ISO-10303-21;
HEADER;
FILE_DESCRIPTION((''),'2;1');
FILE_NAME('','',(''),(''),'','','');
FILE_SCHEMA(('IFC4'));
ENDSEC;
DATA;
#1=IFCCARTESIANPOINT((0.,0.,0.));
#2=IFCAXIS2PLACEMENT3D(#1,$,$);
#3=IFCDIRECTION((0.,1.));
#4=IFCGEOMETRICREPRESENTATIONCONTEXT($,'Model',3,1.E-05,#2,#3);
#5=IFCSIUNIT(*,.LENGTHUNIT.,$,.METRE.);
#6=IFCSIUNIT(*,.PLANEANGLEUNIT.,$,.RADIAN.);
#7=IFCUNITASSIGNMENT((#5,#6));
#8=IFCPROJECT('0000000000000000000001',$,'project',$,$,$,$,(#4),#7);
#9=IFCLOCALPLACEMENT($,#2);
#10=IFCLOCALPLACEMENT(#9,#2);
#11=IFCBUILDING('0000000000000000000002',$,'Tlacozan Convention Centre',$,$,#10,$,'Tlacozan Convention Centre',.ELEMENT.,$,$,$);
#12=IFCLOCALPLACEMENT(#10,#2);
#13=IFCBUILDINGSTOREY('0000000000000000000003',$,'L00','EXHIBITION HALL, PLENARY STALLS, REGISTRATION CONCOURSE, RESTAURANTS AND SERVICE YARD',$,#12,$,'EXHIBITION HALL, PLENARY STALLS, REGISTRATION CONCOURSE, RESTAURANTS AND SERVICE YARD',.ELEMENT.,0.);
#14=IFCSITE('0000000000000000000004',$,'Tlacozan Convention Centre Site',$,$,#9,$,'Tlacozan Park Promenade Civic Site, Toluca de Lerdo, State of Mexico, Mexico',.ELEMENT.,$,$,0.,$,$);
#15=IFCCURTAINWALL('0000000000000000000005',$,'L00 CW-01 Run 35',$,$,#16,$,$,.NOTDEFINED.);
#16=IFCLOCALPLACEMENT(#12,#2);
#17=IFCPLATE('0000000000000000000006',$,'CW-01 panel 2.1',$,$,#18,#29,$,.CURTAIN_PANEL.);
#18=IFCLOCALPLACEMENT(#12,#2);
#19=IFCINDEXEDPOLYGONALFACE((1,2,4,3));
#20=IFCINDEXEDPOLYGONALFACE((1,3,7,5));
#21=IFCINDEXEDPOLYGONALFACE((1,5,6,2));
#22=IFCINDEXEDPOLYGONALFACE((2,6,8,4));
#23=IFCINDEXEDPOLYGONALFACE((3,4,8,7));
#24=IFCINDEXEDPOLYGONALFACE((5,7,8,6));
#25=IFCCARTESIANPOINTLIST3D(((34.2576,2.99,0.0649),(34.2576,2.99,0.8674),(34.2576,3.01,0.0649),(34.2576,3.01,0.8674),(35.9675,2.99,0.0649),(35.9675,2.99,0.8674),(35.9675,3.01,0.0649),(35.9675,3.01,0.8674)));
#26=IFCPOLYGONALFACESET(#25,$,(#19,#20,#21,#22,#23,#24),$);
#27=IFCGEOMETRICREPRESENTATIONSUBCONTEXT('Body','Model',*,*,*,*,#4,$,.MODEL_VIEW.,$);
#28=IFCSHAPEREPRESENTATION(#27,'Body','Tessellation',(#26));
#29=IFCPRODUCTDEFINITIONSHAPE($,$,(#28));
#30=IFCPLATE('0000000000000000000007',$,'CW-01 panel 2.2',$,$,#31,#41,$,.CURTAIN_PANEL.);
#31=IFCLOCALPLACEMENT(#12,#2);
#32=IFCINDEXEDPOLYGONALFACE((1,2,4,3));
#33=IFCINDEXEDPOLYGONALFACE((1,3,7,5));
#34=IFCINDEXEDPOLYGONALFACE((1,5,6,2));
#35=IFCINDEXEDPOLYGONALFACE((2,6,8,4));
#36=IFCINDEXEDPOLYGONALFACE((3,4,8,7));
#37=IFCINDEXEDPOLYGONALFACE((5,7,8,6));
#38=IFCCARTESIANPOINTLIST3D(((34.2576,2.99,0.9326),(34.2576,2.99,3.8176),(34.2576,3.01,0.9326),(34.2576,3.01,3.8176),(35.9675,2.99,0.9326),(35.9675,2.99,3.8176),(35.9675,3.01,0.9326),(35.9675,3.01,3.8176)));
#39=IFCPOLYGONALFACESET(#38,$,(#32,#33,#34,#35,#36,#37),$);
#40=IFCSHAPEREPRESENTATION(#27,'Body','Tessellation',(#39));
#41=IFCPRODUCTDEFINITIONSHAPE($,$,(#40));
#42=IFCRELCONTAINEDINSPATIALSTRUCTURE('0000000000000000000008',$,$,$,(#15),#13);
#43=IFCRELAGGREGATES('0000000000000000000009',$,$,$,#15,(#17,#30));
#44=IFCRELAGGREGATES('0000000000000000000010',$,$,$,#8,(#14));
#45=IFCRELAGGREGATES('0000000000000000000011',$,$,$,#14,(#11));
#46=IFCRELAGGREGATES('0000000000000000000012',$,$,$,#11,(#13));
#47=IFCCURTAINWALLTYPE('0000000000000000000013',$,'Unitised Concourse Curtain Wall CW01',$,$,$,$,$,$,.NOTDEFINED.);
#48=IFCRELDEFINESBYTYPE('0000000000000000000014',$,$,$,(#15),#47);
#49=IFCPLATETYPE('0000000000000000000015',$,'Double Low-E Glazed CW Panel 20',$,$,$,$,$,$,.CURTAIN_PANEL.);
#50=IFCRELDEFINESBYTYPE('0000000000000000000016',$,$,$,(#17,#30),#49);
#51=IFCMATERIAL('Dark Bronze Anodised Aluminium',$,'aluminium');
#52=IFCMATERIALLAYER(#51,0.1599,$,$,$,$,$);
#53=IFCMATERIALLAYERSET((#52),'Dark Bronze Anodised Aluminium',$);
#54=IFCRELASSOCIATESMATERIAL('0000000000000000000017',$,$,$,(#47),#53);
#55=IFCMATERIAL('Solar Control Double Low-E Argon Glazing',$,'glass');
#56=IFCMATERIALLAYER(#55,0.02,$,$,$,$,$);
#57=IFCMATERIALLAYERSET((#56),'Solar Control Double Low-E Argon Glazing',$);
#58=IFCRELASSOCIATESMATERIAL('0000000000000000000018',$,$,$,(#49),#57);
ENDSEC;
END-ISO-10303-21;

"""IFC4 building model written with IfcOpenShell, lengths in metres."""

from ifc_helpers import new_model, si_unit, direction, frame, origin, origin_2d, place, context, subcontext, project, spatial, rectangle, extrude, material, layer, layer_set, type_object, element, aggregate, save


model = new_model("IFC4")

# Units and contexts
model_context = context("Model", 3, precision=1e-05, world=origin(), true_north=direction((0.0, 1.0)))
body_context = subcontext(model_context, "Body", "Model", "MODEL_VIEW")
ifc_project = project(units=[si_unit("LENGTHUNIT", "METRE"), si_unit("PLANEANGLEUNIT", "RADIAN")], contexts=[model_context])

# Site, building, storey
site_placement = place(None, origin())
site = spatial("IfcSite", under=ifc_project, at=site_placement, Name="Tlacozan Convention Centre Site", LongName="Tlacozan Park Promenade Civic Site, Toluca de Lerdo, State of Mexico, Mexico", CompositionType="ELEMENT", RefElevation=0.0)
building_placement = place(site_placement, origin())
building = spatial("IfcBuilding", under=site, at=building_placement, Name="Tlacozan Convention Centre", LongName="Tlacozan Convention Centre", CompositionType="ELEMENT")
storey_placement = place(building_placement, origin())
storey = spatial("IfcBuildingStorey", under=building, at=storey_placement, Name="L00", Description="EXHIBITION HALL, PLENARY STALLS, REGISTRATION CONCOURSE, RESTAURANTS AND SERVICE YARD", LongName="EXHIBITION HALL, PLENARY STALLS, REGISTRATION CONCOURSE, RESTAURANTS AND SERVICE YARD", CompositionType="ELEMENT", Elevation=0.0)

# Shared definitions
ifc_material_1 = material(Name="Dark Bronze Anodised Aluminium", Category="aluminium")
ifc_layer_1 = layer(ifc_material_1, 0.1599)
ifc_layer_set_1 = layer_set([ifc_layer_1], Name="Dark Bronze Anodised Aluminium")
curtain_wall_type = type_object("IfcCurtainWallType", Name="Unitised Concourse Curtain Wall CW01", PredefinedType="NOTDEFINED", material=ifc_layer_set_1)

# Curtain wall
curtain_wall_1_placement = place(storey_placement, origin())
curtain_wall_1 = element("IfcCurtainWall", 1, at=curtain_wall_1_placement, inside=storey, type_object=curtain_wall_type, Name="L00 CW-01 Run 35", PredefinedType="NOTDEFINED")

# Plates
ifc_material_2 = material(Name="Solar Control Double Low-E Argon Glazing", Category="glass")
ifc_layer_2 = layer(ifc_material_2, 0.02)
ifc_layer_set_2 = layer_set([ifc_layer_2], Name="Solar Control Double Low-E Argon Glazing")
plate_type = type_object("IfcPlateType", Name="Double Low-E Glazed CW Panel 20", PredefinedType="CURTAIN_PANEL", material=ifc_layer_set_2)
plate_1_placement = place(storey_placement, frame((35.1125, 3.0, 0.0649), z_axis=(0.0, 0.0, 1.0), x_axis=(1.0, 0.0, 0.0)))
plate_1 = element("IfcPlate", 2, at=plate_1_placement, type_object=plate_type, Name="CW-01 panel 2.1", PredefinedType="CURTAIN_PANEL", context=body_context, shape_type="SweptSolid", body=[
    extrude(rectangle(XDim=1.71, YDim=0.02, at=origin_2d()), origin(), (0.0, 0.0, 1.0), 0.8025),
])
plate_2_placement = place(storey_placement, frame((35.1125, 3.0, 0.9326), z_axis=(0.0, 0.0, 1.0), x_axis=(1.0, 0.0, 0.0)))
plate_2 = element("IfcPlate", 3, at=plate_2_placement, type_object=plate_type, Name="CW-01 panel 2.2", PredefinedType="CURTAIN_PANEL", context=body_context, shape_type="SweptSolid", body=[
    extrude(rectangle(XDim=1.71, YDim=0.02, at=origin_2d()), origin(), (0.0, 0.0, 1.0), 2.885),
])
aggregate(curtain_wall_1, [plate_1, plate_2])

save(model, "model.ifc")
